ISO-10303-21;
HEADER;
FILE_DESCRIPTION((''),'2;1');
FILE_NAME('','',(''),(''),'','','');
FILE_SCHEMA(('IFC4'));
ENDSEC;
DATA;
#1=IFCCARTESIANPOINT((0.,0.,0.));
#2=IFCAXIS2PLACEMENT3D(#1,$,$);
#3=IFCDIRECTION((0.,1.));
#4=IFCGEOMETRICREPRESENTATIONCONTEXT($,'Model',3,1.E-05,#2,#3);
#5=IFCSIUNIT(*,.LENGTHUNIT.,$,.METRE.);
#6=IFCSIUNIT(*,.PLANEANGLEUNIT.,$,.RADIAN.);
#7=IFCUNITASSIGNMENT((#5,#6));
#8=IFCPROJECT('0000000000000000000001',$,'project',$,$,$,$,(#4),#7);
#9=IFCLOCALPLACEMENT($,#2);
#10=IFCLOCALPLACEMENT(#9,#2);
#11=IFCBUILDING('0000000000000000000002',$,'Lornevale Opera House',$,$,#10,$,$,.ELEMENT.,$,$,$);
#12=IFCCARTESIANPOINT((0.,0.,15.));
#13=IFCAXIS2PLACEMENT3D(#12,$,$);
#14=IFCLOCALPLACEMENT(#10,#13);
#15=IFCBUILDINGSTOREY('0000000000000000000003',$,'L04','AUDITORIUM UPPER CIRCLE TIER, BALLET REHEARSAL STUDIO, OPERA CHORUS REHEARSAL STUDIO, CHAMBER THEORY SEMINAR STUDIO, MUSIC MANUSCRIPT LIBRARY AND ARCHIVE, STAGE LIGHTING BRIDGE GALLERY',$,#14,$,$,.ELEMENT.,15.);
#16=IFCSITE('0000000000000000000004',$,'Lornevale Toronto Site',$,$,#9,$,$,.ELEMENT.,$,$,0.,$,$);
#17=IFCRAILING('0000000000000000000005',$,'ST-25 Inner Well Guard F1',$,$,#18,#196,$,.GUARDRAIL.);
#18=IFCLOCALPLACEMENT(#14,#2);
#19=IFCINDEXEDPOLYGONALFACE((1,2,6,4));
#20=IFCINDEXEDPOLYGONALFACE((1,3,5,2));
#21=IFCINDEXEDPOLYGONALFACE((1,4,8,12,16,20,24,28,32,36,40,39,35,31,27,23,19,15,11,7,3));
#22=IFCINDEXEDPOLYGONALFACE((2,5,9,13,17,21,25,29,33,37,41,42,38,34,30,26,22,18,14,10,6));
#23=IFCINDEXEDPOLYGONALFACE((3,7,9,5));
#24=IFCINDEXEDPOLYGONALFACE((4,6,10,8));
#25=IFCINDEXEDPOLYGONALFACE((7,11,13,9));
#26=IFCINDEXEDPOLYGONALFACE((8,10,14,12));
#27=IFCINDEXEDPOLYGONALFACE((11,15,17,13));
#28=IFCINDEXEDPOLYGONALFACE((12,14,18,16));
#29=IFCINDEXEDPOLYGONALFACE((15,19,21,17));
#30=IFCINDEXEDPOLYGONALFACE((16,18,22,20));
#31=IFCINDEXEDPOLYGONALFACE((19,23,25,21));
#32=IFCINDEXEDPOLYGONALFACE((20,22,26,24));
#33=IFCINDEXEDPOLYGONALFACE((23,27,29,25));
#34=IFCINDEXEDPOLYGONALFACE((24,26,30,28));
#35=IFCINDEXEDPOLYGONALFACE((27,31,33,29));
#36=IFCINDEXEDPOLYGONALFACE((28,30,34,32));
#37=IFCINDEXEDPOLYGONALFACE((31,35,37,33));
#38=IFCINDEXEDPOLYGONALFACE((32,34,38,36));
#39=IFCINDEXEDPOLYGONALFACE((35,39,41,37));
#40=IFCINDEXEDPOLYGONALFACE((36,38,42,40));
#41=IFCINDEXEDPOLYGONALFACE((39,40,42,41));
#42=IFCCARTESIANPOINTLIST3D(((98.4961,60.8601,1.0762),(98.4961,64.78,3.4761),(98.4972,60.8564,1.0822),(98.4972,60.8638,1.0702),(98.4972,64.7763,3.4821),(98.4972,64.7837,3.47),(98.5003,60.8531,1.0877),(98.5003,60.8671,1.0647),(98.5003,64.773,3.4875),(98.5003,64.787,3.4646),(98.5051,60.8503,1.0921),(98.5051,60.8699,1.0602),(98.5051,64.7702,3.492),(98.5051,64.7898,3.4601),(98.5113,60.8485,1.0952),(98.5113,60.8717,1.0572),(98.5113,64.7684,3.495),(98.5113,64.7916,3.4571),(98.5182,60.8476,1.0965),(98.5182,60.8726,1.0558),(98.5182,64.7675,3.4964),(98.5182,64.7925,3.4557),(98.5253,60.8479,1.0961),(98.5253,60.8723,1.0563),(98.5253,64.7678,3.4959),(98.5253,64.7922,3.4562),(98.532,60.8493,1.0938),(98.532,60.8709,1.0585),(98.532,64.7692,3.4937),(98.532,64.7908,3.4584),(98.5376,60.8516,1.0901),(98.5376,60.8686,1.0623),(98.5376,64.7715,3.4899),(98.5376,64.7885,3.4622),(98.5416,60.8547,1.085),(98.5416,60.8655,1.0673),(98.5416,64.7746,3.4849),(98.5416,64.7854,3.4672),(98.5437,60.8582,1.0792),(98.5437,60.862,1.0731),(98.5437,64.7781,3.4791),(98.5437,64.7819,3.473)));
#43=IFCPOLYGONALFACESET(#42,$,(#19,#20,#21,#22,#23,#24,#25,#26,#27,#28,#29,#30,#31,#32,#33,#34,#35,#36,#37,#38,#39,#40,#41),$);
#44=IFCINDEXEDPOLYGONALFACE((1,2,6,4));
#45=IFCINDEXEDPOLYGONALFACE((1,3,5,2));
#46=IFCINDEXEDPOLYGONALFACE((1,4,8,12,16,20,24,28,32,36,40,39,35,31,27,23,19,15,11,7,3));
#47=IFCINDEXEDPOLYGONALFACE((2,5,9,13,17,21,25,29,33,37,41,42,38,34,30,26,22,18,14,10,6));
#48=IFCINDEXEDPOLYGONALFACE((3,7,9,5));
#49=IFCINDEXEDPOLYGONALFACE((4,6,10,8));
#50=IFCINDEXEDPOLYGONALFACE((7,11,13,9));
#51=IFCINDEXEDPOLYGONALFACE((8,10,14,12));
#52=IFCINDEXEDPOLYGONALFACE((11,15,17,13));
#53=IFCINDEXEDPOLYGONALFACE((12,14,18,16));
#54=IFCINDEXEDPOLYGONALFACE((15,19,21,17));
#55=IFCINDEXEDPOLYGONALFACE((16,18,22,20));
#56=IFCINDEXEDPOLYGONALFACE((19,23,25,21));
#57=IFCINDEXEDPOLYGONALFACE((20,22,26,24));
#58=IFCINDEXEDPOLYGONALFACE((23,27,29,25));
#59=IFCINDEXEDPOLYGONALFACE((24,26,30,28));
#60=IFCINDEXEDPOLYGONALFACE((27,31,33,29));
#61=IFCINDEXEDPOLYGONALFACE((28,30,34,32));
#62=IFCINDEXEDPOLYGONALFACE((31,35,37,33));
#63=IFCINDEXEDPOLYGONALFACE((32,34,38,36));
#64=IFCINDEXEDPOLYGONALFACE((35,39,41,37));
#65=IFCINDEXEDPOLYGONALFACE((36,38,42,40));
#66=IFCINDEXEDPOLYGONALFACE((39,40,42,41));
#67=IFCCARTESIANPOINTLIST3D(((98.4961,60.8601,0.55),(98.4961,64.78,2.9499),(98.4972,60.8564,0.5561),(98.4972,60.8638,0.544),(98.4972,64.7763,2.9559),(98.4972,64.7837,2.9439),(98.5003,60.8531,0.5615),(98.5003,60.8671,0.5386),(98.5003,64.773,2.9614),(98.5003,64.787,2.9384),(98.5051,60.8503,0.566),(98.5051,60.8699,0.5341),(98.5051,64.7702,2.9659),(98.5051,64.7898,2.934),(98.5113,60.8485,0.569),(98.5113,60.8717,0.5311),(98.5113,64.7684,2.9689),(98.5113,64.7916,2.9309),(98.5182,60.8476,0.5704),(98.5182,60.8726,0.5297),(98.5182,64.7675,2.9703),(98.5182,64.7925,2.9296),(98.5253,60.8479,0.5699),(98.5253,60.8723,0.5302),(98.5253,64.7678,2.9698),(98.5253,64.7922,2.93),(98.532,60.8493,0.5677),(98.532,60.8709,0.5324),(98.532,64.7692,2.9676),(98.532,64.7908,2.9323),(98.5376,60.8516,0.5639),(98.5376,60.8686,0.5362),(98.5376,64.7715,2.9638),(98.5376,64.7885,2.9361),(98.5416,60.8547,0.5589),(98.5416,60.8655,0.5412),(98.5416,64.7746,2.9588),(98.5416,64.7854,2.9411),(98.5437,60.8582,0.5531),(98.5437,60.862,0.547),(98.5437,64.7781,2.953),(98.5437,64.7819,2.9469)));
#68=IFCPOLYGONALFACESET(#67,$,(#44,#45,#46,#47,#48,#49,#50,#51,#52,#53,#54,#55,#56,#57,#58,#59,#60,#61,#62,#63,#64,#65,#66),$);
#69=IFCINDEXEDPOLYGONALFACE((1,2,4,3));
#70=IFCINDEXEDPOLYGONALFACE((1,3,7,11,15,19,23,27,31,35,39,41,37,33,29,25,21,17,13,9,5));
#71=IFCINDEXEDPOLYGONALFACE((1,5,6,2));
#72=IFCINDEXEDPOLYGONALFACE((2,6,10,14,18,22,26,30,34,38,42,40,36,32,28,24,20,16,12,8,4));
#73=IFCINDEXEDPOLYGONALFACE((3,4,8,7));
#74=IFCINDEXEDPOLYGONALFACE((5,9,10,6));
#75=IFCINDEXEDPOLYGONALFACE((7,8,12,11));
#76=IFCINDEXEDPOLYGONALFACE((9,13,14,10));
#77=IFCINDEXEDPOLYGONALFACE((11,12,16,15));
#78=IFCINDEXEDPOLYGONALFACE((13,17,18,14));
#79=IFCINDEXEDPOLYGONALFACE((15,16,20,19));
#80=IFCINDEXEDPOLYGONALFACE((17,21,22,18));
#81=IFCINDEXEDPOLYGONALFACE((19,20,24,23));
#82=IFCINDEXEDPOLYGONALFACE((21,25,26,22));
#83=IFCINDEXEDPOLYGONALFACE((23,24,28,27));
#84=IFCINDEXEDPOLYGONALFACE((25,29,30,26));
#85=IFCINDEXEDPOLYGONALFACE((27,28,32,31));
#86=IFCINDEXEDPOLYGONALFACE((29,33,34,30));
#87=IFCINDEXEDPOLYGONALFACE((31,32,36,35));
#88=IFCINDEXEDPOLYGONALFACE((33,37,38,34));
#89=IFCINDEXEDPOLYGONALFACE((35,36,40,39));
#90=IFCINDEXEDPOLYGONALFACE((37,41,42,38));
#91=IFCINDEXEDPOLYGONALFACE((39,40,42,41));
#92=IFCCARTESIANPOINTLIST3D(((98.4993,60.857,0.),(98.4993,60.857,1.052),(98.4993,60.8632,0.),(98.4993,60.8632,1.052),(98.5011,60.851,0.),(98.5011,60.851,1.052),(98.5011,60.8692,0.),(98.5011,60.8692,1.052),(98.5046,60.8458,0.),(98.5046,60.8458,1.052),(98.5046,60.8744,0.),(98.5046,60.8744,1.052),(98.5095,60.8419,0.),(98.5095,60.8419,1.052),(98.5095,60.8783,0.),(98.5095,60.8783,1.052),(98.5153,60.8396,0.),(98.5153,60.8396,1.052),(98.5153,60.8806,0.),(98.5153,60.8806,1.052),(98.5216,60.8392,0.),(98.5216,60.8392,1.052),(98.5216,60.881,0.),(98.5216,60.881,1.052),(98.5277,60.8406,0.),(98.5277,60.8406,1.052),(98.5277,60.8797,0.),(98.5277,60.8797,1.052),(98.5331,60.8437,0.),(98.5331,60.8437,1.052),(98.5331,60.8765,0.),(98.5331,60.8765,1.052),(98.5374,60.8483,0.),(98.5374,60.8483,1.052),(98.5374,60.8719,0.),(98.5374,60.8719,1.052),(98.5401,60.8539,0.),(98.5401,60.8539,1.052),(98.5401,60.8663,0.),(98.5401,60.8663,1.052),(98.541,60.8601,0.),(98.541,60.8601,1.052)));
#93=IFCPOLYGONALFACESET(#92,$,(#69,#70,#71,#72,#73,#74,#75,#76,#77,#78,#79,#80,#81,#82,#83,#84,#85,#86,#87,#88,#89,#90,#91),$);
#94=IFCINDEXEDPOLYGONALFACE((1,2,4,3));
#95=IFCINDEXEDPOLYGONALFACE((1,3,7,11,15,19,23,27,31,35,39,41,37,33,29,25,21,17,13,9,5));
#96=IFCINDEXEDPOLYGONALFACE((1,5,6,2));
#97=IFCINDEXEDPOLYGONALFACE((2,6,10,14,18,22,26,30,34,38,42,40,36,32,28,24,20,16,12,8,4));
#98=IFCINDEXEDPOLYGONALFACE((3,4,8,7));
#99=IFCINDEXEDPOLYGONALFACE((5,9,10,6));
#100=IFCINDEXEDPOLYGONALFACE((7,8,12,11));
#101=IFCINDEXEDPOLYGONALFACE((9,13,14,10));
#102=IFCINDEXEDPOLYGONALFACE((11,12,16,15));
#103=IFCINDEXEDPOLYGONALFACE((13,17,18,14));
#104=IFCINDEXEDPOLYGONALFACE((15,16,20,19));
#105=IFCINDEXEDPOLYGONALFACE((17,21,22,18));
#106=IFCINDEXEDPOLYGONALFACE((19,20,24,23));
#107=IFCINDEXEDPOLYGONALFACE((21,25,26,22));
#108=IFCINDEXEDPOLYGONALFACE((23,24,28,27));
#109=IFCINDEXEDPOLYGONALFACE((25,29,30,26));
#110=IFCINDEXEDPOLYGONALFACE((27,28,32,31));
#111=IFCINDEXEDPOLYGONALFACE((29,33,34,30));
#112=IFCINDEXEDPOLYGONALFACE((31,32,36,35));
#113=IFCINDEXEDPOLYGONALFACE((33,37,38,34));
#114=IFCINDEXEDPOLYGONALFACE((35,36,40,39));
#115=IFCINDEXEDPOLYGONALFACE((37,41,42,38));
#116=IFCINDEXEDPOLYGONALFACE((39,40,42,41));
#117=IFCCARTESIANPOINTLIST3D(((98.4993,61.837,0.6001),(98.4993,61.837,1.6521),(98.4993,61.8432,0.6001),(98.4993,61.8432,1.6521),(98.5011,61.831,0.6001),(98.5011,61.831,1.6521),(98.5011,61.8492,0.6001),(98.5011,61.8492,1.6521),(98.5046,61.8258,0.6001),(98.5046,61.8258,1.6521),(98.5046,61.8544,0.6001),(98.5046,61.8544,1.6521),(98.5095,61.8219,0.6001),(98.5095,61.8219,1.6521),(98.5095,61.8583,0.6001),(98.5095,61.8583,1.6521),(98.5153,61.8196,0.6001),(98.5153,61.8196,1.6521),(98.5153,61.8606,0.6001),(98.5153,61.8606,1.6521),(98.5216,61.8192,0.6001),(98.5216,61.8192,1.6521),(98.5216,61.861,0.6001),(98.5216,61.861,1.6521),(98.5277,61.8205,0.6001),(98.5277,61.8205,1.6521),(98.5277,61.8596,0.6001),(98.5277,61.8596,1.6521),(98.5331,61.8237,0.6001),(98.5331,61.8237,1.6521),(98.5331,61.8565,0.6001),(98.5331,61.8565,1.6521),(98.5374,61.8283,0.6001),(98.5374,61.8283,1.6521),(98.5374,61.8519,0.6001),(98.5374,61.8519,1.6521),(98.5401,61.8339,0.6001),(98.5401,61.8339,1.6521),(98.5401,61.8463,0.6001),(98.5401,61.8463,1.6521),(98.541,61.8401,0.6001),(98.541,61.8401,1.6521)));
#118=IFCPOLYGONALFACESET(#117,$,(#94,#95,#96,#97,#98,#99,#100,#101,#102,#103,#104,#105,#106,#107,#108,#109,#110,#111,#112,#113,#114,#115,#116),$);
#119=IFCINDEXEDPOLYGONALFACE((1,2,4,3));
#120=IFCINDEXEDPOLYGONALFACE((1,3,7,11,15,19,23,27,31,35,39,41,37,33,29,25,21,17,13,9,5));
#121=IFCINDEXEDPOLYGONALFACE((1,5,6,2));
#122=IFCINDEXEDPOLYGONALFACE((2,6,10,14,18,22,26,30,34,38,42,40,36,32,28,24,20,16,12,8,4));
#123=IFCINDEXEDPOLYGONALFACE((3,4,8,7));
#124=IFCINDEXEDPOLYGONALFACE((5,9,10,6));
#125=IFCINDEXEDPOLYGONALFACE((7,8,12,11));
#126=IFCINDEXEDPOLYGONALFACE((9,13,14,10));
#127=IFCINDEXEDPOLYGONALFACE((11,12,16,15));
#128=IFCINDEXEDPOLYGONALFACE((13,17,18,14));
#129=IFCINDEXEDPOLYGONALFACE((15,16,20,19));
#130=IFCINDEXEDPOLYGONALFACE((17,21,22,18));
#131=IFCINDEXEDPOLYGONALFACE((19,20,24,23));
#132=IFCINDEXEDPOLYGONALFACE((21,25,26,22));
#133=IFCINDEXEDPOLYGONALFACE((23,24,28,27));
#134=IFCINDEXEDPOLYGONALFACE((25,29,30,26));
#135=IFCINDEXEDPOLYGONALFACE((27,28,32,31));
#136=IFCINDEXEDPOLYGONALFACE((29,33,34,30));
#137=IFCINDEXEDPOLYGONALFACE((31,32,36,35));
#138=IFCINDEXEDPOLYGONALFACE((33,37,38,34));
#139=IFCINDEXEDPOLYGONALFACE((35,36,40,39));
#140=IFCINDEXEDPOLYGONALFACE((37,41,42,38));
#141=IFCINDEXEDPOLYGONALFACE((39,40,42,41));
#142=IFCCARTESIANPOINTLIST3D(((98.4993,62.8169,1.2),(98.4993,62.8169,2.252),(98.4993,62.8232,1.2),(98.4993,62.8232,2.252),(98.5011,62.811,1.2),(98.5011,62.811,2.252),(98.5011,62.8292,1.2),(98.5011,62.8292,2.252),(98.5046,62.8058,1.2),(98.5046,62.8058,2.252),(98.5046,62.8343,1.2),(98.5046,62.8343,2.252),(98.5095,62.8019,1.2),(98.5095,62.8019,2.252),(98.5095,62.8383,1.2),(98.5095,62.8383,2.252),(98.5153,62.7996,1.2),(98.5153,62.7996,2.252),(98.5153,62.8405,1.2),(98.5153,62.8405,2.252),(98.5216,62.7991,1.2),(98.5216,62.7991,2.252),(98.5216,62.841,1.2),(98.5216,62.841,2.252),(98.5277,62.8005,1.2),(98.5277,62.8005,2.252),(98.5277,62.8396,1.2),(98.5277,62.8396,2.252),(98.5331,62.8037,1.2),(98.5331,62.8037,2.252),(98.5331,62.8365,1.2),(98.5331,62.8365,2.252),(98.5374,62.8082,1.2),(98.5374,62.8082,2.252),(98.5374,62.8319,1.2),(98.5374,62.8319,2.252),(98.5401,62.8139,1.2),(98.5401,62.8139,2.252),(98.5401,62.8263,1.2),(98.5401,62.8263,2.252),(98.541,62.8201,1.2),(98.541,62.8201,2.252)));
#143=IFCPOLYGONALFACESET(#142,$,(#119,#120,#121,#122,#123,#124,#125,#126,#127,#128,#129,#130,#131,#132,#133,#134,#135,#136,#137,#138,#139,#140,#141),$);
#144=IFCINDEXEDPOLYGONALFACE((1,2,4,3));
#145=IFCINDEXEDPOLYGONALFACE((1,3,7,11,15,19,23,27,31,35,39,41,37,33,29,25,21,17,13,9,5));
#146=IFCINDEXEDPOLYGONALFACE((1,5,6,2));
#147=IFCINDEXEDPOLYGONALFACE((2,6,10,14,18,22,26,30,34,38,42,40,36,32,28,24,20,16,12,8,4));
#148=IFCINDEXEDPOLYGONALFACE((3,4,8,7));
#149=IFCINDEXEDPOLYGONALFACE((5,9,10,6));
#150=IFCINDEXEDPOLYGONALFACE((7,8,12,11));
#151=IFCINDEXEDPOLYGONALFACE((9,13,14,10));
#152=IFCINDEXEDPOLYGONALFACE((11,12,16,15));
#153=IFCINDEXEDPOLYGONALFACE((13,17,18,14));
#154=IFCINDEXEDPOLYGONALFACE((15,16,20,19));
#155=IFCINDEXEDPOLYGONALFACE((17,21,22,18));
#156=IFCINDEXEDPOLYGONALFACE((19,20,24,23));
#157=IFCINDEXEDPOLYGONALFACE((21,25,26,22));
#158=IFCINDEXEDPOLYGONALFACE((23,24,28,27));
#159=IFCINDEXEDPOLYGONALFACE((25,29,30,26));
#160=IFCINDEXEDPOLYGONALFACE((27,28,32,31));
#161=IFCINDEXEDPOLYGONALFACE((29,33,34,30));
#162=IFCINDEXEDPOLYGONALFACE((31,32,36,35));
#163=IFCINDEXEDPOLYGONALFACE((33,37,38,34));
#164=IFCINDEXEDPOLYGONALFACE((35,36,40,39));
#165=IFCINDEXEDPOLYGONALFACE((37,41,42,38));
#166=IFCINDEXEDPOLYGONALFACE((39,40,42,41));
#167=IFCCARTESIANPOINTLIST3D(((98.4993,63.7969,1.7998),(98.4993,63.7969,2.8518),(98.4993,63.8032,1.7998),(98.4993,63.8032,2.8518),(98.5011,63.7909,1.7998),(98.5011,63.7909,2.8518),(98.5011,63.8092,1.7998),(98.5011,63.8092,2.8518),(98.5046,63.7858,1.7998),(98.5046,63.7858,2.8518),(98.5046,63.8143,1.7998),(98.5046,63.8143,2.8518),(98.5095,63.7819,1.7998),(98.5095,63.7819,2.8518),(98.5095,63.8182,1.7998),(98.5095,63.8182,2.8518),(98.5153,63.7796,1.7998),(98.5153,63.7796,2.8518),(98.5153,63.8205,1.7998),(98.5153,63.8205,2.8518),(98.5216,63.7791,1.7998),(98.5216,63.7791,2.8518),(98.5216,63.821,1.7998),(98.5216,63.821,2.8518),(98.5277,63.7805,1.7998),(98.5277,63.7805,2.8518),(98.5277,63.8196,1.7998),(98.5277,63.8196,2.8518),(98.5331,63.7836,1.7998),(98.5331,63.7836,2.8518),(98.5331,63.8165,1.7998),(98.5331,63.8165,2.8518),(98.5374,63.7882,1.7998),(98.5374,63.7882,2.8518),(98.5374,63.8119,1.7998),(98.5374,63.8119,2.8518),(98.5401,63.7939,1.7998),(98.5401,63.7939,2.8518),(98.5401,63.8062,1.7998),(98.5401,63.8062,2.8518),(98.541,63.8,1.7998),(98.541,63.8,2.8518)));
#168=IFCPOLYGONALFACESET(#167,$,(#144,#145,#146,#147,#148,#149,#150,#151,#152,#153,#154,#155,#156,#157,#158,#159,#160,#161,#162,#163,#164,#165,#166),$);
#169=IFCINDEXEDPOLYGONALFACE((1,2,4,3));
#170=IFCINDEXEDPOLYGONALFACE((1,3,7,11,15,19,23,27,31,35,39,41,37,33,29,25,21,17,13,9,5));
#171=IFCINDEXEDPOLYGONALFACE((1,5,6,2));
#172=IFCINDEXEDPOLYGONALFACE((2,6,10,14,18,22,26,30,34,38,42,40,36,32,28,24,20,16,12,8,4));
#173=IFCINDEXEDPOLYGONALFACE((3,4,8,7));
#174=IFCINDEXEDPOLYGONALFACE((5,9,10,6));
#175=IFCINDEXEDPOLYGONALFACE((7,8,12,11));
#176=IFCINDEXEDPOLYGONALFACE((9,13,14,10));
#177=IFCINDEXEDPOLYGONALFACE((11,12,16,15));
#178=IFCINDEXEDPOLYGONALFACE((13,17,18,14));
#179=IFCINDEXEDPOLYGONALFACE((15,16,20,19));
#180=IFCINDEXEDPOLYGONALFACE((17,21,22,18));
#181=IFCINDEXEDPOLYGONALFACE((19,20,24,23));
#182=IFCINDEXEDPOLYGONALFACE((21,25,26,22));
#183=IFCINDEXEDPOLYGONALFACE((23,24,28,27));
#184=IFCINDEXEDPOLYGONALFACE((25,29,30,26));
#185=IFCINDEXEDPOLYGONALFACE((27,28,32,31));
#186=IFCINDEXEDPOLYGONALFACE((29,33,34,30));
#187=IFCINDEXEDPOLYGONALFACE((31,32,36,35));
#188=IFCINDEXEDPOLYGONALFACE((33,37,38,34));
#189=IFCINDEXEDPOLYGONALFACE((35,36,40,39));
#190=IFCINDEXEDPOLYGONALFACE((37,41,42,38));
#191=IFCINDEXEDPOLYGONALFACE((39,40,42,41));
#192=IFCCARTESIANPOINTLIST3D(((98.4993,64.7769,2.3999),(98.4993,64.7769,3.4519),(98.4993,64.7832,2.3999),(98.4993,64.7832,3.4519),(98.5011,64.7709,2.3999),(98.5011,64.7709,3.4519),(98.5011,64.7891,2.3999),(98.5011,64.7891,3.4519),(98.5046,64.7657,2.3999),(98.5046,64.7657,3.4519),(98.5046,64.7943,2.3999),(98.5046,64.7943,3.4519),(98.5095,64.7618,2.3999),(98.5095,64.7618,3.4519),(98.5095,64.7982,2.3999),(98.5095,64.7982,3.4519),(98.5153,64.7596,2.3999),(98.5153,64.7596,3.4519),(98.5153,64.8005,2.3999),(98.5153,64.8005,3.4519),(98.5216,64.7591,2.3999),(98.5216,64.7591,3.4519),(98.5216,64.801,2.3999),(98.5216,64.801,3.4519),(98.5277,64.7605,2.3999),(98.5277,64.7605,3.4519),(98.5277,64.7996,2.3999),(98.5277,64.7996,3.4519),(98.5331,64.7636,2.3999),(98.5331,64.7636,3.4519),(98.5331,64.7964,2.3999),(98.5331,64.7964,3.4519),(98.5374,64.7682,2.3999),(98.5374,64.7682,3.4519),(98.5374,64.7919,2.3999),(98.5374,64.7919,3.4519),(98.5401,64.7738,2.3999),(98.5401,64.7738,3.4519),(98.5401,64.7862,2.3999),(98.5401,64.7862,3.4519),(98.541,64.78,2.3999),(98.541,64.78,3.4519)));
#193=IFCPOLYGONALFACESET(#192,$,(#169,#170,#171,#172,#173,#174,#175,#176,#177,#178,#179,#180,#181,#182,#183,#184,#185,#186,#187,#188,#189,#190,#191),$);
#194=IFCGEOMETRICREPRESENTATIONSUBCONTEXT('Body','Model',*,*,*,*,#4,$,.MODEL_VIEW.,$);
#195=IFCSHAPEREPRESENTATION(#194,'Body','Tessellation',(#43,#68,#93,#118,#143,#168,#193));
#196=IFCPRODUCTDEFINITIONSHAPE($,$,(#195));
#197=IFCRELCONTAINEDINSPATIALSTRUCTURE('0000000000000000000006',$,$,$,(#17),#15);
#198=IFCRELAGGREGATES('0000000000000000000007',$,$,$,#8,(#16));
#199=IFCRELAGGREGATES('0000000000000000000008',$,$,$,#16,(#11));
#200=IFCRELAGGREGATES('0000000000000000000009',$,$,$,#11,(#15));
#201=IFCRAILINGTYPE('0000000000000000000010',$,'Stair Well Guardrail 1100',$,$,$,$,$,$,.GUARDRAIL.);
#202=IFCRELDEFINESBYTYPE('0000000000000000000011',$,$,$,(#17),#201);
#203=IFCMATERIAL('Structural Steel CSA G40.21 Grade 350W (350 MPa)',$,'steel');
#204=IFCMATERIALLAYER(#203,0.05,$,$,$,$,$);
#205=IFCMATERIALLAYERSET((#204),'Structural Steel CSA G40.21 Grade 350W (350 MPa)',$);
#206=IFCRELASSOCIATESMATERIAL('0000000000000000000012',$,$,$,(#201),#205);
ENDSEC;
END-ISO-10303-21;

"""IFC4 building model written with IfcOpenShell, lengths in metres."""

from ifc_helpers import new_model, si_unit, direction, frame, origin, origin_2d, place, context, subcontext, project, spatial, circle, extrude, material, layer, layer_set, type_object, element, save


model = new_model("IFC4")

# Units and contexts
model_context = context("Model", 3, precision=1e-05, world=origin(), true_north=direction((0.0, 1.0)))
body_context = subcontext(model_context, "Body", "Model", "MODEL_VIEW")
ifc_project = project(units=[si_unit("LENGTHUNIT", "METRE"), si_unit("PLANEANGLEUNIT", "RADIAN")], contexts=[model_context])

# Site, building, storey
site_placement = place(None, origin())
site = spatial("IfcSite", under=ifc_project, at=site_placement, Name="Lornevale Toronto Site", CompositionType="ELEMENT", RefElevation=0.0)
building_placement = place(site_placement, origin())
building = spatial("IfcBuilding", under=site, at=building_placement, Name="Lornevale Opera House", CompositionType="ELEMENT")
storey_placement = place(building_placement, frame((0.0, 0.0, 15.0)))
storey = spatial("IfcBuildingStorey", under=building, at=storey_placement, Name="L04", Description="AUDITORIUM UPPER CIRCLE TIER, BALLET REHEARSAL STUDIO, OPERA CHORUS REHEARSAL STUDIO, CHAMBER THEORY SEMINAR STUDIO, MUSIC MANUSCRIPT LIBRARY AND ARCHIVE, STAGE LIGHTING BRIDGE GALLERY", CompositionType="ELEMENT", Elevation=15.0)

# Shared definitions
ifc_material_1 = material(Name="Structural Steel CSA G40.21 Grade 350W (350 MPa)", Category="steel")

# Railing
ifc_layer_1 = layer(ifc_material_1, 0.05)
ifc_layer_set_1 = layer_set([ifc_layer_1], Name="Structural Steel CSA G40.21 Grade 350W (350 MPa)")
railing_type_1 = type_object("IfcRailingType", Name="Stair Well Guardrail 1100", PredefinedType="GUARDRAIL", material=ifc_layer_set_1)
railing_1_placement = place(storey_placement, frame((98.52, 60.8601, 0.0)))
element("IfcRailing", 1, at=railing_1_placement, inside=storey, type_object=railing_type_1, Name="ST-25 Inner Well Guard F1", PredefinedType="GUARDRAIL", context=body_context, shape_type="SweptSolid", body=[
    extrude(circle(Radius=0.0239, at=origin_2d()), frame((0.0, 0.0, 1.0762), z_axis=(0.0, 0.852856, 0.522146), x_axis=(-1.0, 0.0, 0.0)), (0.0, 0.0, 1.0), 4.5962),
    extrude(circle(Radius=0.0239, at=origin_2d()), frame((0.0, 0.0, 0.55), z_axis=(0.0, 0.852856, 0.522146), x_axis=(-1.0, 0.0, 0.0)), (0.0, 0.0, 1.0), 4.5962),
    extrude(circle(Radius=0.021, at=origin_2d()), origin(), (0.0, 0.0, 1.0), 1.052),
    extrude(circle(Radius=0.021, at=origin_2d()), frame((0.0, 0.98, 0.6001)), (0.0, 0.0, 1.0), 1.052),
    extrude(circle(Radius=0.021, at=origin_2d()), frame((0.0, 1.96, 1.2)), (0.0, 0.0, 1.0), 1.052),
    extrude(circle(Radius=0.021, at=origin_2d()), frame((0.0, 2.9399, 1.7998)), (0.0, 0.0, 1.0), 1.052),
    extrude(circle(Radius=0.021, at=origin_2d()), frame((0.0, 3.9199, 2.3999)), (0.0, 0.0, 1.0), 1.052),
])

save(model, "model.ifc")
